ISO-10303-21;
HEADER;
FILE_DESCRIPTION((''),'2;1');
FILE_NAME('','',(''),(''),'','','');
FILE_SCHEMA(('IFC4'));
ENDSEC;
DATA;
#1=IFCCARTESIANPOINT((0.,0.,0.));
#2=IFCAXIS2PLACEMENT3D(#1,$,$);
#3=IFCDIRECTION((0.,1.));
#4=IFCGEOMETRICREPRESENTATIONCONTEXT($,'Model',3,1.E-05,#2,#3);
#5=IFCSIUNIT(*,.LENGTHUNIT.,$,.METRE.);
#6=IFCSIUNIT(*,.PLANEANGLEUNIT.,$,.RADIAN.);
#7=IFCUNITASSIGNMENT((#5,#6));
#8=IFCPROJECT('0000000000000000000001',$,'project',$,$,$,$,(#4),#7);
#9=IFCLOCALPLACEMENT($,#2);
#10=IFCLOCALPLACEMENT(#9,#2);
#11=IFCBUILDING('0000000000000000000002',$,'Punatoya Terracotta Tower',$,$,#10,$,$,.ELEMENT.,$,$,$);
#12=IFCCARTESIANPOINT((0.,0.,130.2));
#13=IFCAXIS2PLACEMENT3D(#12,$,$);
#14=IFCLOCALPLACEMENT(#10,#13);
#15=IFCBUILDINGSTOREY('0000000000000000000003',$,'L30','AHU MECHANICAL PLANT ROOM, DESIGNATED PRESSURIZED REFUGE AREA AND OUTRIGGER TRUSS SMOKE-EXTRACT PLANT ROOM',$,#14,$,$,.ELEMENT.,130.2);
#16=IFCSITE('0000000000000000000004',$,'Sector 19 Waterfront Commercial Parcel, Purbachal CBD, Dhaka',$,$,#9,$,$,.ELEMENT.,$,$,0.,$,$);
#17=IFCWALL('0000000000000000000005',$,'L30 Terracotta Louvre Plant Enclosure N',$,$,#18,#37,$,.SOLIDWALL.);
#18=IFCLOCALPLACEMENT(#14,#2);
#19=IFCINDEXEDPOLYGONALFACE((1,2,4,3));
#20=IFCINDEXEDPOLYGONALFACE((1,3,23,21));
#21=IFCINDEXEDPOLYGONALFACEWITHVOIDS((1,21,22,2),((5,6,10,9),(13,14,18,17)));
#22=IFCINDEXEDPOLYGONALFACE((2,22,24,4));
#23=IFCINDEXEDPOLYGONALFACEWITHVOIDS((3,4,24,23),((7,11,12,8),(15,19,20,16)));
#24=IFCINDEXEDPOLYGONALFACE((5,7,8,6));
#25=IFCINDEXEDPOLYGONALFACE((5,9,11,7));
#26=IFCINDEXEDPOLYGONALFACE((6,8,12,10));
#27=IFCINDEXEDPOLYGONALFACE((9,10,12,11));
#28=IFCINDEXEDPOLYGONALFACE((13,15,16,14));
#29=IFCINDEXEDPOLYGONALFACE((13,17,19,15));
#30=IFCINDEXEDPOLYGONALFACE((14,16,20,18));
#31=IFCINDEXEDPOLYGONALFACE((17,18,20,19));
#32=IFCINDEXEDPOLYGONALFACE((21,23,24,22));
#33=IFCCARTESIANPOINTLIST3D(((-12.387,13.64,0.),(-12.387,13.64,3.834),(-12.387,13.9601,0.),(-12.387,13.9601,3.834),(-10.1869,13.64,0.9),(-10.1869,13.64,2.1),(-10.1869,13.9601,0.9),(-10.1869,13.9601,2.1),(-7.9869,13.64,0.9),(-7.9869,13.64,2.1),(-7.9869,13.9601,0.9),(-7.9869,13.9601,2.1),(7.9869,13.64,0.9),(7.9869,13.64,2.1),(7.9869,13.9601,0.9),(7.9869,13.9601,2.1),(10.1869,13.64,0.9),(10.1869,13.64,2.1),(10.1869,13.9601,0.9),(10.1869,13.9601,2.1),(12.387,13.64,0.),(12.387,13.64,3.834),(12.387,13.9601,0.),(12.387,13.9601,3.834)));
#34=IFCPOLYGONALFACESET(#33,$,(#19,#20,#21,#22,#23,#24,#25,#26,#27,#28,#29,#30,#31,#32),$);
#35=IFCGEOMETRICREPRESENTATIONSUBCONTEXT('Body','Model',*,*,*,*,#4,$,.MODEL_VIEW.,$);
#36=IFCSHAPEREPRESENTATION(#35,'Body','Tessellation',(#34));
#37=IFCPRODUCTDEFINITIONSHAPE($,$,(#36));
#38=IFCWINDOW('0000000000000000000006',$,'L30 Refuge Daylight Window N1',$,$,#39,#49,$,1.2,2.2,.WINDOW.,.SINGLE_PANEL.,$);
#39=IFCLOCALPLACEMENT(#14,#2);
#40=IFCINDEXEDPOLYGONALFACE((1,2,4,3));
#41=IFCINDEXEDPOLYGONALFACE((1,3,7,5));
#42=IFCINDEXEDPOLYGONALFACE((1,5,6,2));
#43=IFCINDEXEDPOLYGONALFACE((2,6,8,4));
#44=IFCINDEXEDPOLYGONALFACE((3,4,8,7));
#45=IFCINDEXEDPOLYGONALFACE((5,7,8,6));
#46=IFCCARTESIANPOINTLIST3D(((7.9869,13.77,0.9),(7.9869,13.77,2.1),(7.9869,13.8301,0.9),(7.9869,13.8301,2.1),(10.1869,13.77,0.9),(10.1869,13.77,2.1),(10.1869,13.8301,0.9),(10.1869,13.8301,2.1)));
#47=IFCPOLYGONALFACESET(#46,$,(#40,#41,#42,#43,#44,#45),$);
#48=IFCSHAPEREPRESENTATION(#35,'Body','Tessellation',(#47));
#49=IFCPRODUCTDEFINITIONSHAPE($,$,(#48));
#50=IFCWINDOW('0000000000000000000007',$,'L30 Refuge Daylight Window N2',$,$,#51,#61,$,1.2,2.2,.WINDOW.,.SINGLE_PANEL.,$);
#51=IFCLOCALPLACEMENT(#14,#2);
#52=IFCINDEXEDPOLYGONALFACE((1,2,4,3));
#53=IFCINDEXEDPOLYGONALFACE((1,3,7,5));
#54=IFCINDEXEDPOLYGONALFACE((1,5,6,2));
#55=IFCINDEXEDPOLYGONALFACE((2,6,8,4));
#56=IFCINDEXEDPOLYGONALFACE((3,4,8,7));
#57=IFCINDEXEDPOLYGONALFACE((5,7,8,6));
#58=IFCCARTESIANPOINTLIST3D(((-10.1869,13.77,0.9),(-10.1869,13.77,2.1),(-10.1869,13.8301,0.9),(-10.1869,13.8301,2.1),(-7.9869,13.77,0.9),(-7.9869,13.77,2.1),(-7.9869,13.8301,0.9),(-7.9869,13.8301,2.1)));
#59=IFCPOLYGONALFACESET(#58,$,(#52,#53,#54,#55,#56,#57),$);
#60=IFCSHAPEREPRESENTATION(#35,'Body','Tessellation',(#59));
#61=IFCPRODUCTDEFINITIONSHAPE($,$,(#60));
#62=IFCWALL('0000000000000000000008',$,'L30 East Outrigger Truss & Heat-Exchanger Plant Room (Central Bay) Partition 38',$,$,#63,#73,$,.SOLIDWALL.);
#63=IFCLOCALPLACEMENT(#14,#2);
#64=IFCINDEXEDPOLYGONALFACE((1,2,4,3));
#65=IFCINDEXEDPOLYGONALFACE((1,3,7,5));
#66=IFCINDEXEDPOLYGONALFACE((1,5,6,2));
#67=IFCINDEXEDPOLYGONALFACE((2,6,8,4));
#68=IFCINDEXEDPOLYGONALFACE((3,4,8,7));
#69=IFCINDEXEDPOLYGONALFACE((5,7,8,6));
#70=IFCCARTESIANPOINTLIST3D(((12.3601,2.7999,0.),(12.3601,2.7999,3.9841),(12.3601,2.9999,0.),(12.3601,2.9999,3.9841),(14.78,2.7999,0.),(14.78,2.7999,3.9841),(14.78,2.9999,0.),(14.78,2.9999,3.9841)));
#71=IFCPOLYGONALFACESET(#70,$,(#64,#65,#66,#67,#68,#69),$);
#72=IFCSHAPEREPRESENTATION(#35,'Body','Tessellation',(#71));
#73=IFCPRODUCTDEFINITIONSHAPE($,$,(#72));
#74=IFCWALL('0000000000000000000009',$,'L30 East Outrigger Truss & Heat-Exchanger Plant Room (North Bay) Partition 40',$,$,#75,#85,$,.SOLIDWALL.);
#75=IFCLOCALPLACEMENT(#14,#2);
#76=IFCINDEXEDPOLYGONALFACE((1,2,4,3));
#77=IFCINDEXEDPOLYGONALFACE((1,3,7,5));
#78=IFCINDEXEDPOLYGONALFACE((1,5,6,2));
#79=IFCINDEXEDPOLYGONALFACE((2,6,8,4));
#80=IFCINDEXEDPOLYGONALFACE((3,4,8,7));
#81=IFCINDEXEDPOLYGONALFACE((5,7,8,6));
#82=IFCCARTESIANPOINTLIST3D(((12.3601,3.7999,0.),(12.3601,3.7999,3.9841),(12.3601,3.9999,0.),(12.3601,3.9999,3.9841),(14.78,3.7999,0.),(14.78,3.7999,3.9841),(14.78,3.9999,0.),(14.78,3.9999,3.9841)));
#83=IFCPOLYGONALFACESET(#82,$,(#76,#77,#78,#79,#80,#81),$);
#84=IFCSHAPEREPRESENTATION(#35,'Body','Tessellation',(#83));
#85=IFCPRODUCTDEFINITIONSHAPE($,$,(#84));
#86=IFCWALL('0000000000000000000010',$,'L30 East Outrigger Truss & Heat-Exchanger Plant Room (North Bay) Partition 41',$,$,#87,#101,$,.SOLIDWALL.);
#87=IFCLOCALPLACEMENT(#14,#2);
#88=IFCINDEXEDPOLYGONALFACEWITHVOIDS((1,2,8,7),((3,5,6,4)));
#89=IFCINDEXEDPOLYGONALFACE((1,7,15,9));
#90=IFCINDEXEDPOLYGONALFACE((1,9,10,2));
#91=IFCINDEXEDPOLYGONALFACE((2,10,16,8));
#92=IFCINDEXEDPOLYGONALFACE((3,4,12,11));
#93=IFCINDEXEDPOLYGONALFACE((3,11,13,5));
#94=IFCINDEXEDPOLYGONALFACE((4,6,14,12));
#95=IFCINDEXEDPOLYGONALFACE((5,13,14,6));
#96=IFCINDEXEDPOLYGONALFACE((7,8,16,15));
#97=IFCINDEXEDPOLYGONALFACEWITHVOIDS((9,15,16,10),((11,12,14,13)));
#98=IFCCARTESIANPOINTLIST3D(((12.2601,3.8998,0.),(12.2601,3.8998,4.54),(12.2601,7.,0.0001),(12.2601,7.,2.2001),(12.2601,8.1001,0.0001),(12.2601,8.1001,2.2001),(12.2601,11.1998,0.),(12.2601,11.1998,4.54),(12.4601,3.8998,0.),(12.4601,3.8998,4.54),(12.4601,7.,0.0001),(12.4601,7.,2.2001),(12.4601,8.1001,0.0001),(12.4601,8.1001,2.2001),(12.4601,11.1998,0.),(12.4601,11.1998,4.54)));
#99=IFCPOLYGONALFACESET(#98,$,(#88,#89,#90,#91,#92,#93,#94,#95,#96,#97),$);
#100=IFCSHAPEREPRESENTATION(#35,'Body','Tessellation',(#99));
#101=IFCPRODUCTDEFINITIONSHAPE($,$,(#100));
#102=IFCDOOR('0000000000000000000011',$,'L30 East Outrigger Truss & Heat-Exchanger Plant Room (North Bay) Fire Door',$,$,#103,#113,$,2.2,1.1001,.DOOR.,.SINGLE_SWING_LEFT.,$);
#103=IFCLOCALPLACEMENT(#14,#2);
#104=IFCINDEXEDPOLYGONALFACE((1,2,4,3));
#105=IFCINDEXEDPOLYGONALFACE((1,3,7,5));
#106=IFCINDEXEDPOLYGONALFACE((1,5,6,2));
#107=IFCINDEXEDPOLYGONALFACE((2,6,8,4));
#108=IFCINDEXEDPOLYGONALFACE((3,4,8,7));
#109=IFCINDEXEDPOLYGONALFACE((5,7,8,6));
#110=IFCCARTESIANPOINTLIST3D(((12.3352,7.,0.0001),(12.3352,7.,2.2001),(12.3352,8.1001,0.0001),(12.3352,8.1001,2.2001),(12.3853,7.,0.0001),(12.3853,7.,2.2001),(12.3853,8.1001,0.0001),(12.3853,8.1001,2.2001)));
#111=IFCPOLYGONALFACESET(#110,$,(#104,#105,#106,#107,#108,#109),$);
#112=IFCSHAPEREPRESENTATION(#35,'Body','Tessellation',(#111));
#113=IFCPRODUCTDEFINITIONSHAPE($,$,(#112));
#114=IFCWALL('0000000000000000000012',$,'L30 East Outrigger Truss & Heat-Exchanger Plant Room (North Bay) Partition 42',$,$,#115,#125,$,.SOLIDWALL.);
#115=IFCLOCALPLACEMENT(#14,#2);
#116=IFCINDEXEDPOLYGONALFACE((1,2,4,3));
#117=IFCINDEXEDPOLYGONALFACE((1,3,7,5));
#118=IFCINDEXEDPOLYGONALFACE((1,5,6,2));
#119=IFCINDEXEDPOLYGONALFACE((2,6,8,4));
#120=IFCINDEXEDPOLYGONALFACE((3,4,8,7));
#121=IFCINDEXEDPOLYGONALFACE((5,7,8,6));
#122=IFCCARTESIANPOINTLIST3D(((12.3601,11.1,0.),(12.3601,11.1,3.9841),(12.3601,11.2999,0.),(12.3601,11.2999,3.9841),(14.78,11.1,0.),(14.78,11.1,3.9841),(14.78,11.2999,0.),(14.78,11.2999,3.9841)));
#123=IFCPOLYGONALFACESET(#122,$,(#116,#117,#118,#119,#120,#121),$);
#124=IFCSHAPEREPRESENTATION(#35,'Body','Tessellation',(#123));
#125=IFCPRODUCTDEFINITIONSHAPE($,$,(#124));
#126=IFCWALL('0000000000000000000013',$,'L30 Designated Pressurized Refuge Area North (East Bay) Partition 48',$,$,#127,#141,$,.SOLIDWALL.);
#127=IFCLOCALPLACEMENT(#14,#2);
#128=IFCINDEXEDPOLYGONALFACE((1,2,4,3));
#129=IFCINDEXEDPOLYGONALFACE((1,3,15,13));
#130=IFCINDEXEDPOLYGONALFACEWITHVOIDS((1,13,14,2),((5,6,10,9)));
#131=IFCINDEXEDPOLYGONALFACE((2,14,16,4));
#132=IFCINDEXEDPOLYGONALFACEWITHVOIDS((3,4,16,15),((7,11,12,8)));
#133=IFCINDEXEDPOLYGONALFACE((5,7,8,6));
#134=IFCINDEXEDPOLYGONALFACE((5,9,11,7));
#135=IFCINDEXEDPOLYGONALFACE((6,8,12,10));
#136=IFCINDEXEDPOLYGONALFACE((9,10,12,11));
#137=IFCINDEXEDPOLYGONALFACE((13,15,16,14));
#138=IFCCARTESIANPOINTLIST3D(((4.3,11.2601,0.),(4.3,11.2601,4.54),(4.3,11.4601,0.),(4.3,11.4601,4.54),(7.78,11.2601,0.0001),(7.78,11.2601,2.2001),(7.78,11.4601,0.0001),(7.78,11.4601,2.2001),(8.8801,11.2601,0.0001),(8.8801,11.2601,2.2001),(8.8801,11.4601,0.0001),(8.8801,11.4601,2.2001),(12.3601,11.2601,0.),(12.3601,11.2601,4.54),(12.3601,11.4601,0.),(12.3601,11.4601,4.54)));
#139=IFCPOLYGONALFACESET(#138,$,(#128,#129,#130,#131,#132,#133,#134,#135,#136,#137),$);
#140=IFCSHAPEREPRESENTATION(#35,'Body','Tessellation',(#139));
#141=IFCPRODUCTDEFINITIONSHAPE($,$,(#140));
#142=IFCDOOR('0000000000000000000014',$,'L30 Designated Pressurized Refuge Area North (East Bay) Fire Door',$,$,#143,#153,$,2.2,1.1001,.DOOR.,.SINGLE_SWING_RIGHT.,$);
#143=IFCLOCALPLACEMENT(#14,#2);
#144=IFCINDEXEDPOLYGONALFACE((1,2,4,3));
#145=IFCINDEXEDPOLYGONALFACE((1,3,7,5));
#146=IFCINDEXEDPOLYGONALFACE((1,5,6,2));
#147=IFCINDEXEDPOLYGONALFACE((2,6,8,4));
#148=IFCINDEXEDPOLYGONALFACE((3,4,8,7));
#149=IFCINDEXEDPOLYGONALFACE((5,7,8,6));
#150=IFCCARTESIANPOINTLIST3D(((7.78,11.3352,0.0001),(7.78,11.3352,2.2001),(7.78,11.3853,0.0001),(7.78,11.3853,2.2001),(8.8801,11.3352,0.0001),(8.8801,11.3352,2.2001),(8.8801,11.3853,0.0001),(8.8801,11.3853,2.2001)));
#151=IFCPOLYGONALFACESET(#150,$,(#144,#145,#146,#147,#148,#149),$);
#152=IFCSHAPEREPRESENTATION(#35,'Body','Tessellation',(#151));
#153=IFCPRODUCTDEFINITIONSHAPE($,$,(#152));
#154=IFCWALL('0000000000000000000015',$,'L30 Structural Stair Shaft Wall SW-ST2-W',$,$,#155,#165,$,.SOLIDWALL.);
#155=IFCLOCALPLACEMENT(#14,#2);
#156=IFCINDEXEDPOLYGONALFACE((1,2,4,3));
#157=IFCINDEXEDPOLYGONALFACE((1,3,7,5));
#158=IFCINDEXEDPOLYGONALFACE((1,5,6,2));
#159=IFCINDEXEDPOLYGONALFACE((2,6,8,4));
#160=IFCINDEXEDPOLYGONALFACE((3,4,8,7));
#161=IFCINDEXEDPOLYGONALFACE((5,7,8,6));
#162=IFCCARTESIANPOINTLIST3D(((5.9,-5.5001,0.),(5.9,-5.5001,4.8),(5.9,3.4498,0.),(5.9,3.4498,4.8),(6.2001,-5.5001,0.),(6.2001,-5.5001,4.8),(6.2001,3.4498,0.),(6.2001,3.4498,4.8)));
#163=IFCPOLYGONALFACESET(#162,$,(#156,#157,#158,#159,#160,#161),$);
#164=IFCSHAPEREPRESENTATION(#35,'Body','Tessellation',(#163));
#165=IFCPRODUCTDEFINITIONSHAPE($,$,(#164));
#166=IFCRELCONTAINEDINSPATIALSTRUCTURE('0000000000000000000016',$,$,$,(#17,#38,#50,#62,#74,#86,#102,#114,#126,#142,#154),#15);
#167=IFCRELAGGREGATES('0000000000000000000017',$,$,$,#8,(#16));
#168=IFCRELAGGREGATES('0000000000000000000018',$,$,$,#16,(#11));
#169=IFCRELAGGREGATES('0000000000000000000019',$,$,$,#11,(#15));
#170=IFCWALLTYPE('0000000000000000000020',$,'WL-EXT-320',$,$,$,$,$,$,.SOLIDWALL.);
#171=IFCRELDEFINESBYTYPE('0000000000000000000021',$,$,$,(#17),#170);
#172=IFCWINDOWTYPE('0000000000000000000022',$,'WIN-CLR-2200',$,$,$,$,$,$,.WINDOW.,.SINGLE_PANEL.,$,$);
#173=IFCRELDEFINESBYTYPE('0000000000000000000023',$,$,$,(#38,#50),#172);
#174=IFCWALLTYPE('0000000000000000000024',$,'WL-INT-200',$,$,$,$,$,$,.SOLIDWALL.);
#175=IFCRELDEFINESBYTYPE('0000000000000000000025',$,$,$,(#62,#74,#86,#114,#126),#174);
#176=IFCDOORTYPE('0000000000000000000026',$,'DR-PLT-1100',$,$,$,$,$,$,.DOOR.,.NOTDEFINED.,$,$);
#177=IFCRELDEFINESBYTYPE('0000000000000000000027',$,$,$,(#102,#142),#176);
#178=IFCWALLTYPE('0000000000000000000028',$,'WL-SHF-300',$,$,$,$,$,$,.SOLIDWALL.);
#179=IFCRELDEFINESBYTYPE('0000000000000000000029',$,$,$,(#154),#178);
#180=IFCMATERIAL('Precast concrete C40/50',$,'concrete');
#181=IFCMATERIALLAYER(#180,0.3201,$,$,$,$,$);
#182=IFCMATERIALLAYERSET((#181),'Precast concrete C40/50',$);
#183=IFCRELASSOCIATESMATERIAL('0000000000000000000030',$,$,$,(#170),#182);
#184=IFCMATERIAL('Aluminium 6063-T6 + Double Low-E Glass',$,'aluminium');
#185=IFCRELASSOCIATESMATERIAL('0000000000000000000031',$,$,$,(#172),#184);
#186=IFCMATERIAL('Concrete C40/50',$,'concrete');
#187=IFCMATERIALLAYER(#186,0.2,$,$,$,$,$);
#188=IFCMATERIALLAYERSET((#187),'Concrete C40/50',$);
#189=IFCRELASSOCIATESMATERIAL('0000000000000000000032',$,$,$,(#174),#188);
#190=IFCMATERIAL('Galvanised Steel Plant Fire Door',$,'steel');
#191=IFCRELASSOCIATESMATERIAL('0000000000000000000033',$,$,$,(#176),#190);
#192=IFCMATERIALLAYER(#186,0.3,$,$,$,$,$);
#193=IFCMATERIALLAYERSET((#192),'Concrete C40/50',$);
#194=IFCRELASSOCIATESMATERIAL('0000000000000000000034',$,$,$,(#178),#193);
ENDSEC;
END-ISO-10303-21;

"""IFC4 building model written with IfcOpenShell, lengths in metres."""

from ifc_helpers import new_model, si_unit, direction, frame, frame_2d, origin, place, context, subcontext, project, spatial, rectangle, extrude, material, layer, layer_set, type_object, element, fill, save


model = new_model("IFC4")

# Units and contexts
model_context = context("Model", 3, precision=1e-05, world=origin(), true_north=direction((0.0, 1.0)))
body_context = subcontext(model_context, "Body", "Model", "MODEL_VIEW")
ifc_project = project(units=[si_unit("LENGTHUNIT", "METRE"), si_unit("PLANEANGLEUNIT", "RADIAN")], contexts=[model_context])

# Site, building, storey
site_placement = place(None, origin())
site = spatial("IfcSite", under=ifc_project, at=site_placement, Name="Sector 19 Waterfront Commercial Parcel, Purbachal CBD, Dhaka", CompositionType="ELEMENT", RefElevation=0.0)
building_placement = place(site_placement, origin())
building = spatial("IfcBuilding", under=site, at=building_placement, Name="Punatoya Terracotta Tower", CompositionType="ELEMENT")
storey_placement = place(building_placement, frame((0.0, 0.0, 130.2)))
storey = spatial("IfcBuildingStorey", under=building, at=storey_placement, Name="L30", Description="AHU MECHANICAL PLANT ROOM, DESIGNATED PRESSURIZED REFUGE AREA AND OUTRIGGER TRUSS SMOKE-EXTRACT PLANT ROOM", CompositionType="ELEMENT", Elevation=130.2)

# Shared definitions
ifc_material_1 = material(Name="Precast concrete C40/50", Category="concrete")
ifc_layer_1 = layer(ifc_material_1, 0.3201)
ifc_layer_set_1 = layer_set([ifc_layer_1], Name="Precast concrete C40/50")
wall_type_1 = type_object("IfcWallType", Name="WL-EXT-320", PredefinedType="SOLIDWALL", material=ifc_layer_set_1)

# Wall, openings, windows
wall_1_placement = place(storey_placement, frame((12.387, 13.8, 0.0), z_axis=(0.0, 0.0, 1.0), x_axis=(-1.0, 0.0, 0.0)))
wall_1 = element("IfcWall", 1, at=wall_1_placement, inside=storey, type_object=wall_type_1, Name="L30 Terracotta Louvre Plant Enclosure N", PredefinedType="SOLIDWALL", context=body_context, shape_type="SweptSolid", body=[
    extrude(rectangle(XDim=24.7739, YDim=0.3201, at=frame_2d((12.387, 0.0))), origin(), (0.0, 0.0, 1.0), 3.834),
])
opening_1_placement = place(wall_1_placement, frame((2.2, 0.0, 0.8999)))
opening_1 = element("IfcOpeningElement", 2, at=opening_1_placement, cuts=wall_1, PredefinedType="OPENING", context=body_context, shape_type="SweptSolid", body=[
    extrude(rectangle(XDim=2.2, YDim=1.2, at=frame_2d((1.1001, 0.6001))), frame((0.0, 0.1699, 0.0), z_axis=(0.0, -1.0, 0.0), x_axis=(1.0, 0.0, 0.0)), (0.0, 0.0, 1.0), 0.3401),
])
opening_2_placement = place(wall_1_placement, frame((20.3738, 0.0, 0.8999)))
opening_2 = element("IfcOpeningElement", 3, at=opening_2_placement, cuts=wall_1, PredefinedType="OPENING", context=body_context, shape_type="SweptSolid", body=[
    extrude(rectangle(XDim=2.2, YDim=1.2, at=frame_2d((1.1001, 0.6001))), frame((0.0, 0.1699, 0.0), z_axis=(0.0, -1.0, 0.0), x_axis=(1.0, 0.0, 0.0)), (0.0, 0.0, 1.0), 0.3401),
])
ifc_material_2 = material(Name="Aluminium 6063-T6 + Double Low-E Glass", Category="aluminium")
window_type = type_object("IfcWindowType", Name="WIN-CLR-2200", PartitioningType="SINGLE_PANEL", PredefinedType="WINDOW", material=ifc_material_2)
window_1_placement = place(opening_1_placement, origin())
window_1 = element("IfcWindow", 4, at=window_1_placement, inside=storey, type_object=window_type, Name="L30 Refuge Daylight Window N1", OverallHeight=1.2, OverallWidth=2.2, PartitioningType="SINGLE_PANEL", PredefinedType="WINDOW", context=body_context, shape_type="SweptSolid", body=[
    extrude(rectangle(XDim=2.2, YDim=1.2, at=frame_2d((1.1001, 0.6001))), frame((0.0, 0.03, 0.0), z_axis=(0.0, -1.0, 0.0), x_axis=(1.0, 0.0, 0.0)), (0.0, 0.0, 1.0), 0.0601),
])
fill(opening_1, window_1)
window_2_placement = place(opening_2_placement, origin())
window_2 = element("IfcWindow", 5, at=window_2_placement, inside=storey, type_object=window_type, Name="L30 Refuge Daylight Window N2", OverallHeight=1.2, OverallWidth=2.2, PartitioningType="SINGLE_PANEL", PredefinedType="WINDOW", context=body_context, shape_type="SweptSolid", body=[
    extrude(rectangle(XDim=2.2, YDim=1.2, at=frame_2d((1.1001, 0.6001))), frame((0.0, 0.03, 0.0), z_axis=(0.0, -1.0, 0.0), x_axis=(1.0, 0.0, 0.0)), (0.0, 0.0, 1.0), 0.0601),
])
fill(opening_2, window_2)

# Walls
ifc_material_3 = material(Name="Concrete C40/50", Category="concrete")
ifc_layer_2 = layer(ifc_material_3, 0.2)
ifc_layer_set_2 = layer_set([ifc_layer_2], Name="Concrete C40/50")
wall_type_2 = type_object("IfcWallType", Name="WL-INT-200", PredefinedType="SOLIDWALL", material=ifc_layer_set_2)
for number, where, z_axis, x_axis, name in (
    (6, (12.3601, 2.8999, 0.0), (0.0, 0.0, 1.0), (1.0, 0.0, 0.0), "L30 East Outrigger Truss & Heat-Exchanger Plant Room (Central Bay) Partition 38"),
    (7, (14.78, 3.8999, 0.0), (0.0, 0.0, 1.0), (-1.0, 0.0, 0.0), "L30 East Outrigger Truss & Heat-Exchanger Plant Room (North Bay) Partition 40"),
):
    element("IfcWall", number, at=place(storey_placement, frame(where, z_axis=z_axis, x_axis=x_axis)), inside=storey, type_object=wall_type_2, Name=name, PredefinedType="SOLIDWALL", context=body_context, shape_type="SweptSolid", body=[
        extrude(rectangle(XDim=2.4199, YDim=0.2, at=frame_2d((1.21, 0.0))), origin(), (0.0, 0.0, 1.0), 3.9841),
    ])

# Wall, opening, door
wall_2_placement = place(storey_placement, frame((12.3601, 3.8999, 0.0), z_axis=(0.0, 0.0, 1.0), x_axis=(0.0, 1.0, 0.0)))
wall_2 = element("IfcWall", 8, at=wall_2_placement, inside=storey, type_object=wall_type_2, Name="L30 East Outrigger Truss & Heat-Exchanger Plant Room (North Bay) Partition 41", PredefinedType="SOLIDWALL", context=body_context, shape_type="SweptSolid", body=[
    extrude(rectangle(XDim=7.3, YDim=0.2, at=frame_2d((3.6499, 0.0))), origin(), (0.0, 0.0, 1.0), 4.54),
])
opening_3_placement = place(wall_2_placement, frame((3.1001, 0.0, 0.0)))
opening_3 = element("IfcOpeningElement", 9, at=opening_3_placement, cuts=wall_2, PredefinedType="OPENING", context=body_context, shape_type="SweptSolid", body=[
    extrude(rectangle(XDim=1.1001, YDim=2.2, at=frame_2d((0.55, 1.1001))), frame((0.0, 0.1099, 0.0), z_axis=(0.0, -1.0, 0.0), x_axis=(1.0, 0.0, 0.0)), (0.0, 0.0, 1.0), 0.22),
])
ifc_material_4 = material(Name="Galvanised Steel Plant Fire Door", Category="steel")
door_type_1 = type_object("IfcDoorType", Name="DR-PLT-1100", OperationType="NOTDEFINED", PredefinedType="DOOR", material=ifc_material_4)
door_1_placement = place(opening_3_placement, origin())
door_1 = element("IfcDoor", 10, at=door_1_placement, inside=storey, type_object=door_type_1, Name="L30 East Outrigger Truss & Heat-Exchanger Plant Room (North Bay) Fire Door", OperationType="SINGLE_SWING_LEFT", OverallHeight=2.2, OverallWidth=1.1001, PredefinedType="DOOR", context=body_context, shape_type="SweptSolid", body=[
    extrude(rectangle(XDim=1.1001, YDim=2.2, at=frame_2d((0.55, 1.1001))), frame((0.0, 0.0249, 0.0), z_axis=(0.0, -1.0, 0.0), x_axis=(1.0, 0.0, 0.0)), (0.0, 0.0, 1.0), 0.05),
])
fill(opening_3, door_1)

# Wall
wall_3_placement = place(storey_placement, frame((12.3601, 11.2, 0.0), z_axis=(0.0, 0.0, 1.0), x_axis=(1.0, 0.0, 0.0)))
element("IfcWall", 11, at=wall_3_placement, inside=storey, type_object=wall_type_2, Name="L30 East Outrigger Truss & Heat-Exchanger Plant Room (North Bay) Partition 42", PredefinedType="SOLIDWALL", context=body_context, shape_type="SweptSolid", body=[
    extrude(rectangle(XDim=2.4199, YDim=0.2, at=frame_2d((1.21, 0.0))), origin(), (0.0, 0.0, 1.0), 3.9841),
])

# Wall, opening, door
wall_4_placement = place(storey_placement, frame((12.3601, 11.3601, 0.0), z_axis=(0.0, 0.0, 1.0), x_axis=(-1.0, 0.0, 0.0)))
wall_4 = element("IfcWall", 12, at=wall_4_placement, inside=storey, type_object=wall_type_2, Name="L30 Designated Pressurized Refuge Area North (East Bay) Partition 48", PredefinedType="SOLIDWALL", context=body_context, shape_type="SweptSolid", body=[
    extrude(rectangle(XDim=8.0601, YDim=0.2, at=frame_2d((4.03, 0.0))), origin(), (0.0, 0.0, 1.0), 4.54),
])
opening_4_placement = place(wall_4_placement, frame((3.48, 0.0, 0.0)))
opening_4 = element("IfcOpeningElement", 13, at=opening_4_placement, cuts=wall_4, PredefinedType="OPENING", context=body_context, shape_type="SweptSolid", body=[
    extrude(rectangle(XDim=1.1001, YDim=2.2, at=frame_2d((0.55, 1.1001))), frame((0.0, 0.1099, 0.0), z_axis=(0.0, -1.0, 0.0), x_axis=(1.0, 0.0, 0.0)), (0.0, 0.0, 1.0), 0.22),
])
door_2_placement = place(opening_4_placement, origin())
door_2 = element("IfcDoor", 14, at=door_2_placement, inside=storey, type_object=door_type_1, Name="L30 Designated Pressurized Refuge Area North (East Bay) Fire Door", OperationType="SINGLE_SWING_RIGHT", OverallHeight=2.2, OverallWidth=1.1001, PredefinedType="DOOR", context=body_context, shape_type="SweptSolid", body=[
    extrude(rectangle(XDim=1.1001, YDim=2.2, at=frame_2d((0.55, 1.1001))), frame((0.0, 0.0249, 0.0), z_axis=(0.0, -1.0, 0.0), x_axis=(1.0, 0.0, 0.0)), (0.0, 0.0, 1.0), 0.05),
])
fill(opening_4, door_2)

# Wall
ifc_layer_3 = layer(ifc_material_3, 0.3)
ifc_layer_set_3 = layer_set([ifc_layer_3], Name="Concrete C40/50")
wall_type_3 = type_object("IfcWallType", Name="WL-SHF-300", PredefinedType="SOLIDWALL", material=ifc_layer_set_3)
wall_5_placement = place(storey_placement, frame((6.05, 3.45, 0.0), z_axis=(0.0, 0.0, 1.0), x_axis=(0.0, -1.0, 0.0)))
element("IfcWall", 15, at=wall_5_placement, inside=storey, type_object=wall_type_3, Name="L30 Structural Stair Shaft Wall SW-ST2-W", PredefinedType="SOLIDWALL", context=body_context, shape_type="SweptSolid", body=[
    extrude(rectangle(XDim=8.95, YDim=0.3, at=frame_2d((4.4751, 0.0))), origin(), (0.0, 0.0, 1.0), 4.8),
])

save(model, "model.ifc")
